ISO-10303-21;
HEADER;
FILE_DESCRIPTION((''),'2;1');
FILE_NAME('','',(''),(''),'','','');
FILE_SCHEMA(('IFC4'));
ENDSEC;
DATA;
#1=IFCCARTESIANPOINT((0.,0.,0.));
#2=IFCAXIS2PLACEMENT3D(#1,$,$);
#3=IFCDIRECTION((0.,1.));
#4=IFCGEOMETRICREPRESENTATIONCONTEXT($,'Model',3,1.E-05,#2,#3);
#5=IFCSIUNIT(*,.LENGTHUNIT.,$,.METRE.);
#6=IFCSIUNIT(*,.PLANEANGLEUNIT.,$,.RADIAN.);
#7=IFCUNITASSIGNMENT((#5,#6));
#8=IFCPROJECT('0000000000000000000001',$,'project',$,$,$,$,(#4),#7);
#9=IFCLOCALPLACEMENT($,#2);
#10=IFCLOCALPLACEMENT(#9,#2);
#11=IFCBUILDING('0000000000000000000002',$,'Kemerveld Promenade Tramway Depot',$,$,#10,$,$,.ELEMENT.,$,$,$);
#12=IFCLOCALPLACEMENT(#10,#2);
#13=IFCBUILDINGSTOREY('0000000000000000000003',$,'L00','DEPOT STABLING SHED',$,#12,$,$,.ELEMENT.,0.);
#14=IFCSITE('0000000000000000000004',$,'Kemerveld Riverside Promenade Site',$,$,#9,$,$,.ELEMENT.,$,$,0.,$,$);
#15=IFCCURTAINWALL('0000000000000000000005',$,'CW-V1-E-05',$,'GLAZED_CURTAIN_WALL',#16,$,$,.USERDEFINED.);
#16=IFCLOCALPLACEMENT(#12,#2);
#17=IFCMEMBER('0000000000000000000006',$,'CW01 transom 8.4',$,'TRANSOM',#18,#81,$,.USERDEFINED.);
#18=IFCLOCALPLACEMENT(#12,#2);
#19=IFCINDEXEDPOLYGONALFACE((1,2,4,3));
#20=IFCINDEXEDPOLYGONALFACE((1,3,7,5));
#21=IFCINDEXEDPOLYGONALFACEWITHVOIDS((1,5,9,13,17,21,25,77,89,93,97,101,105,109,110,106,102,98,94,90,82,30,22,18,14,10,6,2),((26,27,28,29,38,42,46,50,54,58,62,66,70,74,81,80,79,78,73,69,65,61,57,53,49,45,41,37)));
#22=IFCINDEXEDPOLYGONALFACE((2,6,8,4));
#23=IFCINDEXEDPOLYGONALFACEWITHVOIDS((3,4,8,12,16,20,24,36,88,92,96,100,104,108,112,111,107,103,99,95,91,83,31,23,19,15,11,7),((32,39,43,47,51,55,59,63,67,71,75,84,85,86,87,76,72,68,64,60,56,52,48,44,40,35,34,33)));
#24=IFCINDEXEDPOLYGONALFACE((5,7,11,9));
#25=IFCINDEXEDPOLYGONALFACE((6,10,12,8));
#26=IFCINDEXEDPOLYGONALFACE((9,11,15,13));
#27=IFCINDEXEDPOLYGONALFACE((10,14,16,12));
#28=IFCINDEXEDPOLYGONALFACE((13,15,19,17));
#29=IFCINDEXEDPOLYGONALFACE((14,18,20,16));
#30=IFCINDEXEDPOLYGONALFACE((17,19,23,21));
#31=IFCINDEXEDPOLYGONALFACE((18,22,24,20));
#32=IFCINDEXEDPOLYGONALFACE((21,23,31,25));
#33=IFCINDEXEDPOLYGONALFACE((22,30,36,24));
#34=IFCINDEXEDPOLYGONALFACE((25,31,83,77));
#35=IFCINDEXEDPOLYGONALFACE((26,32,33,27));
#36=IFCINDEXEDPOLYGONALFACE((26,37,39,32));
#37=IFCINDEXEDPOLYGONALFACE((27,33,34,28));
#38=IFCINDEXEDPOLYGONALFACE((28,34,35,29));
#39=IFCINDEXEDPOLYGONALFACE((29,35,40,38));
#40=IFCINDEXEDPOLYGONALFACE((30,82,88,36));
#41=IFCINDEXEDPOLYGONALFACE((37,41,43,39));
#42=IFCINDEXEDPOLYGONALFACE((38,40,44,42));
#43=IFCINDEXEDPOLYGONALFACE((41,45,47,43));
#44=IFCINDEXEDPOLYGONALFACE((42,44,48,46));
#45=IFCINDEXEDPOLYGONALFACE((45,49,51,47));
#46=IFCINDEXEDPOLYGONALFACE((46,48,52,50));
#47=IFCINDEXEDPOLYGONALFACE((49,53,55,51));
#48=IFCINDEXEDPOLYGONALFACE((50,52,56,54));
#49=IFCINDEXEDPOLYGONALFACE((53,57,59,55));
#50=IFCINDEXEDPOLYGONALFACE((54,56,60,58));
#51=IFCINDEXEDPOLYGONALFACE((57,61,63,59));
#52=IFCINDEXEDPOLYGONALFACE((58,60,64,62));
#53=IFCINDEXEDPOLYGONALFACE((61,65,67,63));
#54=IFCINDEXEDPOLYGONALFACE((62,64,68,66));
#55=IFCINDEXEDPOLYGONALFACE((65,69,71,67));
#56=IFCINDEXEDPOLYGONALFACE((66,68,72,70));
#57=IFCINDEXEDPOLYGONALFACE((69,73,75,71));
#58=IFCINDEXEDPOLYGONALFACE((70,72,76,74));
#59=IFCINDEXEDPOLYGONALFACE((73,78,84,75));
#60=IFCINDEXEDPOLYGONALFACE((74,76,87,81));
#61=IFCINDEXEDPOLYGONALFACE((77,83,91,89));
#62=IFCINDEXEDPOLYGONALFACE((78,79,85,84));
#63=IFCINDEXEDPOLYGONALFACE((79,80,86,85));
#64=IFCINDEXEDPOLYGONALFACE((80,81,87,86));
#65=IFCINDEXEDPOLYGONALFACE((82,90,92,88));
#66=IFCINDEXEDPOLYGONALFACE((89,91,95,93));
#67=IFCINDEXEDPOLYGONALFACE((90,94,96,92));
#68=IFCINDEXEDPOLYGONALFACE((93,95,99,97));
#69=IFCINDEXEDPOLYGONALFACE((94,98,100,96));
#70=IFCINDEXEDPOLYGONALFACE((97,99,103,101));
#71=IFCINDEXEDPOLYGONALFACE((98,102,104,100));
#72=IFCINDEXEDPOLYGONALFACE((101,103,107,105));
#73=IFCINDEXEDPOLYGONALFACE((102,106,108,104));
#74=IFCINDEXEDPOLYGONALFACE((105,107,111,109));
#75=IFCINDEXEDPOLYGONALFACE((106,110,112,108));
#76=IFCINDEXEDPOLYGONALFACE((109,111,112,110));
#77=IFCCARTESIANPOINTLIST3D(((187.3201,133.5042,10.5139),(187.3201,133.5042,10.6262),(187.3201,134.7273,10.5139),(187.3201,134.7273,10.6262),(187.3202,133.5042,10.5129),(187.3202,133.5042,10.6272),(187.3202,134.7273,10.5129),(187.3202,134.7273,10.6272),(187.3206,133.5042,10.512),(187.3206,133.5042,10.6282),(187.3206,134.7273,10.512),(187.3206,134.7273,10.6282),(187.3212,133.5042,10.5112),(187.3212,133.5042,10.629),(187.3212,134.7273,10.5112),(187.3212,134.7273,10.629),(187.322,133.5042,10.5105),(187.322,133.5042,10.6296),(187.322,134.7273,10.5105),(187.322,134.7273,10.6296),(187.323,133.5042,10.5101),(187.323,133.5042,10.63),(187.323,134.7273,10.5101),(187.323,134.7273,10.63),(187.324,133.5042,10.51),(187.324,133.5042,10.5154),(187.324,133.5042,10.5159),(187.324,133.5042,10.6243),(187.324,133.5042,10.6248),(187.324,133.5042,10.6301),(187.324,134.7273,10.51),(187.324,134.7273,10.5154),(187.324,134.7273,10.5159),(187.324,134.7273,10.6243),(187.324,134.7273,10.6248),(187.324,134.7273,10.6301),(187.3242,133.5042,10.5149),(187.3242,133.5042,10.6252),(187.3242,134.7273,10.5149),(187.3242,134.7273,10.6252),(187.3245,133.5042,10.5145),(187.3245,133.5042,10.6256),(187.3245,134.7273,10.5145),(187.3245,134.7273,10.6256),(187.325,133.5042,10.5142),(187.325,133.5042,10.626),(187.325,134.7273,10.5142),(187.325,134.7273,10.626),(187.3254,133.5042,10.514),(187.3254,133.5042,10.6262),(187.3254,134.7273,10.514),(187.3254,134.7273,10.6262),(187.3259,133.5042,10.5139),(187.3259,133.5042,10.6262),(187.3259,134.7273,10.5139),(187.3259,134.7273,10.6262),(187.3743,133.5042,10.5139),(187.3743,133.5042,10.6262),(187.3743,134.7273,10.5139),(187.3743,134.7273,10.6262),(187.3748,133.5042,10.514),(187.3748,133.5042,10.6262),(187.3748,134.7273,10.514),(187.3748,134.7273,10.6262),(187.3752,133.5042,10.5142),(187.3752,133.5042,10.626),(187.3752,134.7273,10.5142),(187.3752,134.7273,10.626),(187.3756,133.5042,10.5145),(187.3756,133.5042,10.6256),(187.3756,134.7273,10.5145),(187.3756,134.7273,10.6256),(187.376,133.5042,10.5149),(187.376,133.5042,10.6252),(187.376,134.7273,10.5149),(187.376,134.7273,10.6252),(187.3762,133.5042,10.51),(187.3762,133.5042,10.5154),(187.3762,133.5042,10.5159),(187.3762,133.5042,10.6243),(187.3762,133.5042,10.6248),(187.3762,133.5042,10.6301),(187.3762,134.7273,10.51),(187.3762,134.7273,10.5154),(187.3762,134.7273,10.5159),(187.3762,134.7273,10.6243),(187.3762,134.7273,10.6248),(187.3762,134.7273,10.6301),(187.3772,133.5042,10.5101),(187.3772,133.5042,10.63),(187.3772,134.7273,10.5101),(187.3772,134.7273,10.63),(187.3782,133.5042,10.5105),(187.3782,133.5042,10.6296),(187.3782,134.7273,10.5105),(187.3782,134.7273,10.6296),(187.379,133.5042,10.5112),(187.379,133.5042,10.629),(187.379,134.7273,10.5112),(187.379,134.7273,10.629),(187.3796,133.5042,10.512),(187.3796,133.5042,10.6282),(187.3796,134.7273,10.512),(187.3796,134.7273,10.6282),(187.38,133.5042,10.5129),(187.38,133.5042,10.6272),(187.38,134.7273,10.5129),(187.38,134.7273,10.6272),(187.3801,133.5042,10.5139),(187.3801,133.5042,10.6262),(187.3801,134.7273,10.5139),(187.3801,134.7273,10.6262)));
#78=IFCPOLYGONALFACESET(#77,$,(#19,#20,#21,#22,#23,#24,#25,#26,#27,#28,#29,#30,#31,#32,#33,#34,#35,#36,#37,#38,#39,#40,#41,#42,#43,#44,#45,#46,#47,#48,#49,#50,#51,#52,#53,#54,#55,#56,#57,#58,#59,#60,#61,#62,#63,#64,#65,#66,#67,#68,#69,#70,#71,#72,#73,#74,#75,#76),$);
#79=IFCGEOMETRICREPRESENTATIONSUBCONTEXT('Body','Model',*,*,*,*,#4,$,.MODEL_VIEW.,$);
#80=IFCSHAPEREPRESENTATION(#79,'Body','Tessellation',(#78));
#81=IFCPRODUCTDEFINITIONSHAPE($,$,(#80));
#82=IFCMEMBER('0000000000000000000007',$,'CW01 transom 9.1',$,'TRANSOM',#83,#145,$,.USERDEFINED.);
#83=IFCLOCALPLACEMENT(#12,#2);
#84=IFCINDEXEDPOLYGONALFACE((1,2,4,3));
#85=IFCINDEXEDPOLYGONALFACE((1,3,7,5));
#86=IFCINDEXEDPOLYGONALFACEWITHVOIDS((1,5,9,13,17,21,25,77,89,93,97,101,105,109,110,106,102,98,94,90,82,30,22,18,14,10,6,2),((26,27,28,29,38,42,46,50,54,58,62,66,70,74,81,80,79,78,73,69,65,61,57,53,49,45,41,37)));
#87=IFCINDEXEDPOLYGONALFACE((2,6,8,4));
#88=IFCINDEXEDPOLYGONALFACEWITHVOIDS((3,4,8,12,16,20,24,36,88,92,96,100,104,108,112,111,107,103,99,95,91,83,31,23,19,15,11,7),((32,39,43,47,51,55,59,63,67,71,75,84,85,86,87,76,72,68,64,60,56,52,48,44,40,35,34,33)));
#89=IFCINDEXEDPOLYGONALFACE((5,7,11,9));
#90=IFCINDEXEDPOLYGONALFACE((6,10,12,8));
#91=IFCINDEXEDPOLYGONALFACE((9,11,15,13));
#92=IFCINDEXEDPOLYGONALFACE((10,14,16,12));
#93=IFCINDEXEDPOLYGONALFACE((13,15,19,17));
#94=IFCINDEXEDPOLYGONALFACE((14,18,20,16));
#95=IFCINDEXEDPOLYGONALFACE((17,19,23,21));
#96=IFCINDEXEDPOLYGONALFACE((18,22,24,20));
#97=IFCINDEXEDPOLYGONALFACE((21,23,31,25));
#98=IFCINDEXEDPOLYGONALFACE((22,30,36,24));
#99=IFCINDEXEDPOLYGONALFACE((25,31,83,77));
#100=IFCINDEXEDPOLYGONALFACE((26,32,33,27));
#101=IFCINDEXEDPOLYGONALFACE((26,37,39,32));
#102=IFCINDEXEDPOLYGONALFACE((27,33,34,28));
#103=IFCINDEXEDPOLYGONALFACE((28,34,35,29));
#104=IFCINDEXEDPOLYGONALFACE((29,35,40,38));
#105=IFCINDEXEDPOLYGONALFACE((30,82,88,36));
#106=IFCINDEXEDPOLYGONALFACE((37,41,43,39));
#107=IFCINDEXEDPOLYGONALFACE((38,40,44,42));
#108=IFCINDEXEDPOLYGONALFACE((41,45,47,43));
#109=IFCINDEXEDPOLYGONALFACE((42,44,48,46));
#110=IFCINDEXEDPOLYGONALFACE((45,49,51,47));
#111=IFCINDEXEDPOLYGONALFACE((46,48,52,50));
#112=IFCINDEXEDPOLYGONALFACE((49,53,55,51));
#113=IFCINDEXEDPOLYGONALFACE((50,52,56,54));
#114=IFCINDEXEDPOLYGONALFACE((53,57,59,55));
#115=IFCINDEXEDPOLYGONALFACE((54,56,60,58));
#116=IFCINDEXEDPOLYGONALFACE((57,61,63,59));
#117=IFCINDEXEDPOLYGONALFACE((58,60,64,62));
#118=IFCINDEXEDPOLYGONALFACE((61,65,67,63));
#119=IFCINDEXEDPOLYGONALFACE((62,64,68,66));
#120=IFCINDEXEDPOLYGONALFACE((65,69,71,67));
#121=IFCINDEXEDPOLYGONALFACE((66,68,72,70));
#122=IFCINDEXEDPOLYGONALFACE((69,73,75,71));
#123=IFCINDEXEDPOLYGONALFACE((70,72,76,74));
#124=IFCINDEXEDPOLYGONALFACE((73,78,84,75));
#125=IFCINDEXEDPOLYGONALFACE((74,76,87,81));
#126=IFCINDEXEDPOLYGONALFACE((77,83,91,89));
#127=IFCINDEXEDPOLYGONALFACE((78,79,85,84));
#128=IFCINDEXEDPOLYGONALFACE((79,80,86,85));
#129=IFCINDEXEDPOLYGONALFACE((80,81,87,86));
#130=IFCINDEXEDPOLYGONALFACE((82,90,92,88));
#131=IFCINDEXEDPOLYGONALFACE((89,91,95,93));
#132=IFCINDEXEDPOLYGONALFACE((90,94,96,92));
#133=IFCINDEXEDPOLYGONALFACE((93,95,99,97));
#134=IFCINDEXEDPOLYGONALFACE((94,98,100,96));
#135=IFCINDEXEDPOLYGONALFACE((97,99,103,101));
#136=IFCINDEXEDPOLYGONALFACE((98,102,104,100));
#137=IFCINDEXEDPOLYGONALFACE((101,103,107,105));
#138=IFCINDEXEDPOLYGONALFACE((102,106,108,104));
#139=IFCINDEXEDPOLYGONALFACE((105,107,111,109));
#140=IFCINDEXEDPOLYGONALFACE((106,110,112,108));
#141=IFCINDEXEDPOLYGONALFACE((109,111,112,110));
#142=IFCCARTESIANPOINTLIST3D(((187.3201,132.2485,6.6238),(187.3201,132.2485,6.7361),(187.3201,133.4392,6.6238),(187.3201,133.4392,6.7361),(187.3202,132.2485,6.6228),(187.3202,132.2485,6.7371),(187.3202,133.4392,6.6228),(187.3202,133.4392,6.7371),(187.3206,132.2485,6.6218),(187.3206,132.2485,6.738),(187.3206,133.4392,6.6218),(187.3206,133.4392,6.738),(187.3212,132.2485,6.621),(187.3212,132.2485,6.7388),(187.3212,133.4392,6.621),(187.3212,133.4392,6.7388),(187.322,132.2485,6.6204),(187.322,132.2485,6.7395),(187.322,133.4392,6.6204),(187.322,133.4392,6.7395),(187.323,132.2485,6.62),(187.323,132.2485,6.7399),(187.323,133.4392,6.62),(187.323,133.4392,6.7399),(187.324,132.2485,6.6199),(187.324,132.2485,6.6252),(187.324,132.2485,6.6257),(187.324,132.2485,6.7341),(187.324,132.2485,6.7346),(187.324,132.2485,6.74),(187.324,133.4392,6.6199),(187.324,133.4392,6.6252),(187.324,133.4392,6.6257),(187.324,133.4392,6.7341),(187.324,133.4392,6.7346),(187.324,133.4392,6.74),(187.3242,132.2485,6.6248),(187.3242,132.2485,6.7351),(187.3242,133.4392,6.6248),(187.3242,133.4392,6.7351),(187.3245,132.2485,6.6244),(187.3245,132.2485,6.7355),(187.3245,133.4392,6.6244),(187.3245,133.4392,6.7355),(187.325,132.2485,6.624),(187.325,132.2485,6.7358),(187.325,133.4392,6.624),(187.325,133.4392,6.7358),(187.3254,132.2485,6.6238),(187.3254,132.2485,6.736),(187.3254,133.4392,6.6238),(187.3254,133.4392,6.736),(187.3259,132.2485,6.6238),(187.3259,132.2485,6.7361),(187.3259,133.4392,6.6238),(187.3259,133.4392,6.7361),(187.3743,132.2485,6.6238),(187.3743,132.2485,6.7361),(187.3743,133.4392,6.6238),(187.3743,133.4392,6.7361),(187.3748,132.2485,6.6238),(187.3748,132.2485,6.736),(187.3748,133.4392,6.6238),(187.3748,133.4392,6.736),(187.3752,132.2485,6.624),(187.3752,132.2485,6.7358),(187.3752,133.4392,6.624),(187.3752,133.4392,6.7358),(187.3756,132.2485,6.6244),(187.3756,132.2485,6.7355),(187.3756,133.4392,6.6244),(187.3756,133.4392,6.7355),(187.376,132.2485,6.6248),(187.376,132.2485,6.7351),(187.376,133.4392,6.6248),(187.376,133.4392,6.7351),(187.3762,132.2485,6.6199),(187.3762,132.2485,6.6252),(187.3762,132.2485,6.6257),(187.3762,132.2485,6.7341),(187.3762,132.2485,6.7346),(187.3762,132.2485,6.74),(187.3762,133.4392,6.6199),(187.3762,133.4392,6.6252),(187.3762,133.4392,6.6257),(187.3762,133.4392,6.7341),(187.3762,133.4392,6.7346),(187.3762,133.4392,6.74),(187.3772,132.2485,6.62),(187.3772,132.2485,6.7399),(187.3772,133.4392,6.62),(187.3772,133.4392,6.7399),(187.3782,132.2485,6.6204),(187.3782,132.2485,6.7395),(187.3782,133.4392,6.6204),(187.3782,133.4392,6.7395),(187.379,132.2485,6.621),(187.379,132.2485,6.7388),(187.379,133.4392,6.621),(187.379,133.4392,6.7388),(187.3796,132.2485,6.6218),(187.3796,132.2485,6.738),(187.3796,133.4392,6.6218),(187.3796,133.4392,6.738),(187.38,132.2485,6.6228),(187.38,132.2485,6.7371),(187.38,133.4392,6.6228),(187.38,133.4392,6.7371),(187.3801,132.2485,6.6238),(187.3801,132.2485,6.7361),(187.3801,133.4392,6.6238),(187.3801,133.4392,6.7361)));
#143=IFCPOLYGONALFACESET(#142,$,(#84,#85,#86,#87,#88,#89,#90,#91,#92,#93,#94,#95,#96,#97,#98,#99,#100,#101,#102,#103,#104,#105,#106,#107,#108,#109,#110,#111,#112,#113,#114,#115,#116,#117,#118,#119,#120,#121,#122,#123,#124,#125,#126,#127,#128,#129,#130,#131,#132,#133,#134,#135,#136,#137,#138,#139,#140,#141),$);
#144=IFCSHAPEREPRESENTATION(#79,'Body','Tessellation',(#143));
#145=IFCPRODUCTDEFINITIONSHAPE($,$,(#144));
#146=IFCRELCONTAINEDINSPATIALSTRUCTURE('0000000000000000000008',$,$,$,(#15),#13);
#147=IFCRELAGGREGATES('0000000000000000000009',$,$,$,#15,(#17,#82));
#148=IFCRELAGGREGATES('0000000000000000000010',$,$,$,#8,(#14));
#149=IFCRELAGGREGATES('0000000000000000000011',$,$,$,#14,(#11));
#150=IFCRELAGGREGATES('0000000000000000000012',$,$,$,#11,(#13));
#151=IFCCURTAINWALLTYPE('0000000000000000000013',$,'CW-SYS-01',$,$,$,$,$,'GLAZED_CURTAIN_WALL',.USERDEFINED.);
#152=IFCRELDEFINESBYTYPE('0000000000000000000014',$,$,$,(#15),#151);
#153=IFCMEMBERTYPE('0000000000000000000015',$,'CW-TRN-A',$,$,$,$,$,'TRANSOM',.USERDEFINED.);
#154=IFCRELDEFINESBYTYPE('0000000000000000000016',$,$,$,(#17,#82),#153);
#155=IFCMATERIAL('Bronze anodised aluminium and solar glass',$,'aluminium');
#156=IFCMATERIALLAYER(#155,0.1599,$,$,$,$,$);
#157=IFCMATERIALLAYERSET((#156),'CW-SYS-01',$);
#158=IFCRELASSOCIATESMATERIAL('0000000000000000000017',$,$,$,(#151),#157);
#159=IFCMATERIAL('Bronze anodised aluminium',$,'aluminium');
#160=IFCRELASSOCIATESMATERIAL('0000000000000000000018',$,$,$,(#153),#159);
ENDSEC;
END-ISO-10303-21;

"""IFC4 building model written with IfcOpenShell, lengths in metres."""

from ifc_helpers import new_model, si_unit, direction, frame, origin, origin_2d, place, context, subcontext, project, spatial, hollow_rectangle, extrude, material, layer, layer_set, material_profile, profile_set, type_object, element, aggregate, save


model = new_model("IFC4")

# Units and contexts
model_context = context("Model", 3, precision=1e-05, world=origin(), true_north=direction((0.0, 1.0)))
body_context = subcontext(model_context, "Body", "Model", "MODEL_VIEW")
ifc_project = project(units=[si_unit("LENGTHUNIT", "METRE"), si_unit("PLANEANGLEUNIT", "RADIAN")], contexts=[model_context])

# Site, building, storey
site_placement = place(None, origin())
site = spatial("IfcSite", under=ifc_project, at=site_placement, Name="Kemerveld Riverside Promenade Site", CompositionType="ELEMENT", RefElevation=0.0)
building_placement = place(site_placement, origin())
building = spatial("IfcBuilding", under=site, at=building_placement, Name="Kemerveld Promenade Tramway Depot", CompositionType="ELEMENT")
storey_placement = place(building_placement, origin())
storey = spatial("IfcBuildingStorey", under=building, at=storey_placement, Name="L00", Description="DEPOT STABLING SHED", CompositionType="ELEMENT", Elevation=0.0)

# Curtain wall, members
ifc_material_1 = material(Name="Bronze anodised aluminium and solar glass", Category="aluminium")
ifc_layer_1 = layer(ifc_material_1, 0.1599)
ifc_layer_set_1 = layer_set([ifc_layer_1], Name="CW-SYS-01")
curtain_wall_type = type_object("IfcCurtainWallType", Name="CW-SYS-01", ElementType="GLAZED_CURTAIN_WALL", PredefinedType="USERDEFINED", material=ifc_layer_set_1)
curtain_wall_placement = place(storey_placement, origin())
curtain_wall = element("IfcCurtainWall", 1, at=curtain_wall_placement, inside=storey, type_object=curtain_wall_type, Name="CW-V1-E-05", ObjectType="GLAZED_CURTAIN_WALL", PredefinedType="USERDEFINED")
ifc_material_2 = material(Name="Bronze anodised aluminium", Category="aluminium")
ifc_material_profile_1 = material_profile(ifc_material_2, hollow_rectangle(XDim=0.0601, YDim=0.1201, WallThickness=0.0039, InnerFilletRadius=0.002, OuterFilletRadius=0.0039, at=origin_2d()), Name="CW-TRN-120x60")
ifc_profile_set_1 = profile_set([ifc_material_profile_1], Name="Bronze anodised aluminium")
member_type_1 = type_object("IfcMemberType", Name="CW-TRN-A", ElementType="TRANSOM", PredefinedType="USERDEFINED", material=ifc_profile_set_1)
member_1_placement = place(storey_placement, frame((187.3501, 134.7273, 10.5701), z_axis=(0.0, -1.0, 0.0), x_axis=(1.0, 0.0, 0.0)))
member_1 = element("IfcMember", 2, at=member_1_placement, type_object=member_type_1, Name="CW01 transom 8.4", ObjectType="TRANSOM", PredefinedType="USERDEFINED", context=body_context, shape_type="SweptSolid", body=[
    extrude(hollow_rectangle(XDim=0.0601, YDim=0.1201, WallThickness=0.0039, InnerFilletRadius=0.002, OuterFilletRadius=0.0039, at=origin_2d()), origin(), (0.0, 0.0, 1.0), 1.2231),
])
member_2_placement = place(storey_placement, frame((187.3501, 133.4392, 6.6799), z_axis=(0.0, -1.0, 0.0), x_axis=(1.0, 0.0, 0.0)))
member_2 = element("IfcMember", 3, at=member_2_placement, type_object=member_type_1, Name="CW01 transom 9.1", ObjectType="TRANSOM", PredefinedType="USERDEFINED", context=body_context, shape_type="SweptSolid", body=[
    extrude(hollow_rectangle(XDim=0.0601, YDim=0.1201, WallThickness=0.0039, InnerFilletRadius=0.002, OuterFilletRadius=0.0039, at=origin_2d()), origin(), (0.0, 0.0, 1.0), 1.1907),
])
aggregate(curtain_wall, [member_1, member_2])

save(model, "model.ifc")
